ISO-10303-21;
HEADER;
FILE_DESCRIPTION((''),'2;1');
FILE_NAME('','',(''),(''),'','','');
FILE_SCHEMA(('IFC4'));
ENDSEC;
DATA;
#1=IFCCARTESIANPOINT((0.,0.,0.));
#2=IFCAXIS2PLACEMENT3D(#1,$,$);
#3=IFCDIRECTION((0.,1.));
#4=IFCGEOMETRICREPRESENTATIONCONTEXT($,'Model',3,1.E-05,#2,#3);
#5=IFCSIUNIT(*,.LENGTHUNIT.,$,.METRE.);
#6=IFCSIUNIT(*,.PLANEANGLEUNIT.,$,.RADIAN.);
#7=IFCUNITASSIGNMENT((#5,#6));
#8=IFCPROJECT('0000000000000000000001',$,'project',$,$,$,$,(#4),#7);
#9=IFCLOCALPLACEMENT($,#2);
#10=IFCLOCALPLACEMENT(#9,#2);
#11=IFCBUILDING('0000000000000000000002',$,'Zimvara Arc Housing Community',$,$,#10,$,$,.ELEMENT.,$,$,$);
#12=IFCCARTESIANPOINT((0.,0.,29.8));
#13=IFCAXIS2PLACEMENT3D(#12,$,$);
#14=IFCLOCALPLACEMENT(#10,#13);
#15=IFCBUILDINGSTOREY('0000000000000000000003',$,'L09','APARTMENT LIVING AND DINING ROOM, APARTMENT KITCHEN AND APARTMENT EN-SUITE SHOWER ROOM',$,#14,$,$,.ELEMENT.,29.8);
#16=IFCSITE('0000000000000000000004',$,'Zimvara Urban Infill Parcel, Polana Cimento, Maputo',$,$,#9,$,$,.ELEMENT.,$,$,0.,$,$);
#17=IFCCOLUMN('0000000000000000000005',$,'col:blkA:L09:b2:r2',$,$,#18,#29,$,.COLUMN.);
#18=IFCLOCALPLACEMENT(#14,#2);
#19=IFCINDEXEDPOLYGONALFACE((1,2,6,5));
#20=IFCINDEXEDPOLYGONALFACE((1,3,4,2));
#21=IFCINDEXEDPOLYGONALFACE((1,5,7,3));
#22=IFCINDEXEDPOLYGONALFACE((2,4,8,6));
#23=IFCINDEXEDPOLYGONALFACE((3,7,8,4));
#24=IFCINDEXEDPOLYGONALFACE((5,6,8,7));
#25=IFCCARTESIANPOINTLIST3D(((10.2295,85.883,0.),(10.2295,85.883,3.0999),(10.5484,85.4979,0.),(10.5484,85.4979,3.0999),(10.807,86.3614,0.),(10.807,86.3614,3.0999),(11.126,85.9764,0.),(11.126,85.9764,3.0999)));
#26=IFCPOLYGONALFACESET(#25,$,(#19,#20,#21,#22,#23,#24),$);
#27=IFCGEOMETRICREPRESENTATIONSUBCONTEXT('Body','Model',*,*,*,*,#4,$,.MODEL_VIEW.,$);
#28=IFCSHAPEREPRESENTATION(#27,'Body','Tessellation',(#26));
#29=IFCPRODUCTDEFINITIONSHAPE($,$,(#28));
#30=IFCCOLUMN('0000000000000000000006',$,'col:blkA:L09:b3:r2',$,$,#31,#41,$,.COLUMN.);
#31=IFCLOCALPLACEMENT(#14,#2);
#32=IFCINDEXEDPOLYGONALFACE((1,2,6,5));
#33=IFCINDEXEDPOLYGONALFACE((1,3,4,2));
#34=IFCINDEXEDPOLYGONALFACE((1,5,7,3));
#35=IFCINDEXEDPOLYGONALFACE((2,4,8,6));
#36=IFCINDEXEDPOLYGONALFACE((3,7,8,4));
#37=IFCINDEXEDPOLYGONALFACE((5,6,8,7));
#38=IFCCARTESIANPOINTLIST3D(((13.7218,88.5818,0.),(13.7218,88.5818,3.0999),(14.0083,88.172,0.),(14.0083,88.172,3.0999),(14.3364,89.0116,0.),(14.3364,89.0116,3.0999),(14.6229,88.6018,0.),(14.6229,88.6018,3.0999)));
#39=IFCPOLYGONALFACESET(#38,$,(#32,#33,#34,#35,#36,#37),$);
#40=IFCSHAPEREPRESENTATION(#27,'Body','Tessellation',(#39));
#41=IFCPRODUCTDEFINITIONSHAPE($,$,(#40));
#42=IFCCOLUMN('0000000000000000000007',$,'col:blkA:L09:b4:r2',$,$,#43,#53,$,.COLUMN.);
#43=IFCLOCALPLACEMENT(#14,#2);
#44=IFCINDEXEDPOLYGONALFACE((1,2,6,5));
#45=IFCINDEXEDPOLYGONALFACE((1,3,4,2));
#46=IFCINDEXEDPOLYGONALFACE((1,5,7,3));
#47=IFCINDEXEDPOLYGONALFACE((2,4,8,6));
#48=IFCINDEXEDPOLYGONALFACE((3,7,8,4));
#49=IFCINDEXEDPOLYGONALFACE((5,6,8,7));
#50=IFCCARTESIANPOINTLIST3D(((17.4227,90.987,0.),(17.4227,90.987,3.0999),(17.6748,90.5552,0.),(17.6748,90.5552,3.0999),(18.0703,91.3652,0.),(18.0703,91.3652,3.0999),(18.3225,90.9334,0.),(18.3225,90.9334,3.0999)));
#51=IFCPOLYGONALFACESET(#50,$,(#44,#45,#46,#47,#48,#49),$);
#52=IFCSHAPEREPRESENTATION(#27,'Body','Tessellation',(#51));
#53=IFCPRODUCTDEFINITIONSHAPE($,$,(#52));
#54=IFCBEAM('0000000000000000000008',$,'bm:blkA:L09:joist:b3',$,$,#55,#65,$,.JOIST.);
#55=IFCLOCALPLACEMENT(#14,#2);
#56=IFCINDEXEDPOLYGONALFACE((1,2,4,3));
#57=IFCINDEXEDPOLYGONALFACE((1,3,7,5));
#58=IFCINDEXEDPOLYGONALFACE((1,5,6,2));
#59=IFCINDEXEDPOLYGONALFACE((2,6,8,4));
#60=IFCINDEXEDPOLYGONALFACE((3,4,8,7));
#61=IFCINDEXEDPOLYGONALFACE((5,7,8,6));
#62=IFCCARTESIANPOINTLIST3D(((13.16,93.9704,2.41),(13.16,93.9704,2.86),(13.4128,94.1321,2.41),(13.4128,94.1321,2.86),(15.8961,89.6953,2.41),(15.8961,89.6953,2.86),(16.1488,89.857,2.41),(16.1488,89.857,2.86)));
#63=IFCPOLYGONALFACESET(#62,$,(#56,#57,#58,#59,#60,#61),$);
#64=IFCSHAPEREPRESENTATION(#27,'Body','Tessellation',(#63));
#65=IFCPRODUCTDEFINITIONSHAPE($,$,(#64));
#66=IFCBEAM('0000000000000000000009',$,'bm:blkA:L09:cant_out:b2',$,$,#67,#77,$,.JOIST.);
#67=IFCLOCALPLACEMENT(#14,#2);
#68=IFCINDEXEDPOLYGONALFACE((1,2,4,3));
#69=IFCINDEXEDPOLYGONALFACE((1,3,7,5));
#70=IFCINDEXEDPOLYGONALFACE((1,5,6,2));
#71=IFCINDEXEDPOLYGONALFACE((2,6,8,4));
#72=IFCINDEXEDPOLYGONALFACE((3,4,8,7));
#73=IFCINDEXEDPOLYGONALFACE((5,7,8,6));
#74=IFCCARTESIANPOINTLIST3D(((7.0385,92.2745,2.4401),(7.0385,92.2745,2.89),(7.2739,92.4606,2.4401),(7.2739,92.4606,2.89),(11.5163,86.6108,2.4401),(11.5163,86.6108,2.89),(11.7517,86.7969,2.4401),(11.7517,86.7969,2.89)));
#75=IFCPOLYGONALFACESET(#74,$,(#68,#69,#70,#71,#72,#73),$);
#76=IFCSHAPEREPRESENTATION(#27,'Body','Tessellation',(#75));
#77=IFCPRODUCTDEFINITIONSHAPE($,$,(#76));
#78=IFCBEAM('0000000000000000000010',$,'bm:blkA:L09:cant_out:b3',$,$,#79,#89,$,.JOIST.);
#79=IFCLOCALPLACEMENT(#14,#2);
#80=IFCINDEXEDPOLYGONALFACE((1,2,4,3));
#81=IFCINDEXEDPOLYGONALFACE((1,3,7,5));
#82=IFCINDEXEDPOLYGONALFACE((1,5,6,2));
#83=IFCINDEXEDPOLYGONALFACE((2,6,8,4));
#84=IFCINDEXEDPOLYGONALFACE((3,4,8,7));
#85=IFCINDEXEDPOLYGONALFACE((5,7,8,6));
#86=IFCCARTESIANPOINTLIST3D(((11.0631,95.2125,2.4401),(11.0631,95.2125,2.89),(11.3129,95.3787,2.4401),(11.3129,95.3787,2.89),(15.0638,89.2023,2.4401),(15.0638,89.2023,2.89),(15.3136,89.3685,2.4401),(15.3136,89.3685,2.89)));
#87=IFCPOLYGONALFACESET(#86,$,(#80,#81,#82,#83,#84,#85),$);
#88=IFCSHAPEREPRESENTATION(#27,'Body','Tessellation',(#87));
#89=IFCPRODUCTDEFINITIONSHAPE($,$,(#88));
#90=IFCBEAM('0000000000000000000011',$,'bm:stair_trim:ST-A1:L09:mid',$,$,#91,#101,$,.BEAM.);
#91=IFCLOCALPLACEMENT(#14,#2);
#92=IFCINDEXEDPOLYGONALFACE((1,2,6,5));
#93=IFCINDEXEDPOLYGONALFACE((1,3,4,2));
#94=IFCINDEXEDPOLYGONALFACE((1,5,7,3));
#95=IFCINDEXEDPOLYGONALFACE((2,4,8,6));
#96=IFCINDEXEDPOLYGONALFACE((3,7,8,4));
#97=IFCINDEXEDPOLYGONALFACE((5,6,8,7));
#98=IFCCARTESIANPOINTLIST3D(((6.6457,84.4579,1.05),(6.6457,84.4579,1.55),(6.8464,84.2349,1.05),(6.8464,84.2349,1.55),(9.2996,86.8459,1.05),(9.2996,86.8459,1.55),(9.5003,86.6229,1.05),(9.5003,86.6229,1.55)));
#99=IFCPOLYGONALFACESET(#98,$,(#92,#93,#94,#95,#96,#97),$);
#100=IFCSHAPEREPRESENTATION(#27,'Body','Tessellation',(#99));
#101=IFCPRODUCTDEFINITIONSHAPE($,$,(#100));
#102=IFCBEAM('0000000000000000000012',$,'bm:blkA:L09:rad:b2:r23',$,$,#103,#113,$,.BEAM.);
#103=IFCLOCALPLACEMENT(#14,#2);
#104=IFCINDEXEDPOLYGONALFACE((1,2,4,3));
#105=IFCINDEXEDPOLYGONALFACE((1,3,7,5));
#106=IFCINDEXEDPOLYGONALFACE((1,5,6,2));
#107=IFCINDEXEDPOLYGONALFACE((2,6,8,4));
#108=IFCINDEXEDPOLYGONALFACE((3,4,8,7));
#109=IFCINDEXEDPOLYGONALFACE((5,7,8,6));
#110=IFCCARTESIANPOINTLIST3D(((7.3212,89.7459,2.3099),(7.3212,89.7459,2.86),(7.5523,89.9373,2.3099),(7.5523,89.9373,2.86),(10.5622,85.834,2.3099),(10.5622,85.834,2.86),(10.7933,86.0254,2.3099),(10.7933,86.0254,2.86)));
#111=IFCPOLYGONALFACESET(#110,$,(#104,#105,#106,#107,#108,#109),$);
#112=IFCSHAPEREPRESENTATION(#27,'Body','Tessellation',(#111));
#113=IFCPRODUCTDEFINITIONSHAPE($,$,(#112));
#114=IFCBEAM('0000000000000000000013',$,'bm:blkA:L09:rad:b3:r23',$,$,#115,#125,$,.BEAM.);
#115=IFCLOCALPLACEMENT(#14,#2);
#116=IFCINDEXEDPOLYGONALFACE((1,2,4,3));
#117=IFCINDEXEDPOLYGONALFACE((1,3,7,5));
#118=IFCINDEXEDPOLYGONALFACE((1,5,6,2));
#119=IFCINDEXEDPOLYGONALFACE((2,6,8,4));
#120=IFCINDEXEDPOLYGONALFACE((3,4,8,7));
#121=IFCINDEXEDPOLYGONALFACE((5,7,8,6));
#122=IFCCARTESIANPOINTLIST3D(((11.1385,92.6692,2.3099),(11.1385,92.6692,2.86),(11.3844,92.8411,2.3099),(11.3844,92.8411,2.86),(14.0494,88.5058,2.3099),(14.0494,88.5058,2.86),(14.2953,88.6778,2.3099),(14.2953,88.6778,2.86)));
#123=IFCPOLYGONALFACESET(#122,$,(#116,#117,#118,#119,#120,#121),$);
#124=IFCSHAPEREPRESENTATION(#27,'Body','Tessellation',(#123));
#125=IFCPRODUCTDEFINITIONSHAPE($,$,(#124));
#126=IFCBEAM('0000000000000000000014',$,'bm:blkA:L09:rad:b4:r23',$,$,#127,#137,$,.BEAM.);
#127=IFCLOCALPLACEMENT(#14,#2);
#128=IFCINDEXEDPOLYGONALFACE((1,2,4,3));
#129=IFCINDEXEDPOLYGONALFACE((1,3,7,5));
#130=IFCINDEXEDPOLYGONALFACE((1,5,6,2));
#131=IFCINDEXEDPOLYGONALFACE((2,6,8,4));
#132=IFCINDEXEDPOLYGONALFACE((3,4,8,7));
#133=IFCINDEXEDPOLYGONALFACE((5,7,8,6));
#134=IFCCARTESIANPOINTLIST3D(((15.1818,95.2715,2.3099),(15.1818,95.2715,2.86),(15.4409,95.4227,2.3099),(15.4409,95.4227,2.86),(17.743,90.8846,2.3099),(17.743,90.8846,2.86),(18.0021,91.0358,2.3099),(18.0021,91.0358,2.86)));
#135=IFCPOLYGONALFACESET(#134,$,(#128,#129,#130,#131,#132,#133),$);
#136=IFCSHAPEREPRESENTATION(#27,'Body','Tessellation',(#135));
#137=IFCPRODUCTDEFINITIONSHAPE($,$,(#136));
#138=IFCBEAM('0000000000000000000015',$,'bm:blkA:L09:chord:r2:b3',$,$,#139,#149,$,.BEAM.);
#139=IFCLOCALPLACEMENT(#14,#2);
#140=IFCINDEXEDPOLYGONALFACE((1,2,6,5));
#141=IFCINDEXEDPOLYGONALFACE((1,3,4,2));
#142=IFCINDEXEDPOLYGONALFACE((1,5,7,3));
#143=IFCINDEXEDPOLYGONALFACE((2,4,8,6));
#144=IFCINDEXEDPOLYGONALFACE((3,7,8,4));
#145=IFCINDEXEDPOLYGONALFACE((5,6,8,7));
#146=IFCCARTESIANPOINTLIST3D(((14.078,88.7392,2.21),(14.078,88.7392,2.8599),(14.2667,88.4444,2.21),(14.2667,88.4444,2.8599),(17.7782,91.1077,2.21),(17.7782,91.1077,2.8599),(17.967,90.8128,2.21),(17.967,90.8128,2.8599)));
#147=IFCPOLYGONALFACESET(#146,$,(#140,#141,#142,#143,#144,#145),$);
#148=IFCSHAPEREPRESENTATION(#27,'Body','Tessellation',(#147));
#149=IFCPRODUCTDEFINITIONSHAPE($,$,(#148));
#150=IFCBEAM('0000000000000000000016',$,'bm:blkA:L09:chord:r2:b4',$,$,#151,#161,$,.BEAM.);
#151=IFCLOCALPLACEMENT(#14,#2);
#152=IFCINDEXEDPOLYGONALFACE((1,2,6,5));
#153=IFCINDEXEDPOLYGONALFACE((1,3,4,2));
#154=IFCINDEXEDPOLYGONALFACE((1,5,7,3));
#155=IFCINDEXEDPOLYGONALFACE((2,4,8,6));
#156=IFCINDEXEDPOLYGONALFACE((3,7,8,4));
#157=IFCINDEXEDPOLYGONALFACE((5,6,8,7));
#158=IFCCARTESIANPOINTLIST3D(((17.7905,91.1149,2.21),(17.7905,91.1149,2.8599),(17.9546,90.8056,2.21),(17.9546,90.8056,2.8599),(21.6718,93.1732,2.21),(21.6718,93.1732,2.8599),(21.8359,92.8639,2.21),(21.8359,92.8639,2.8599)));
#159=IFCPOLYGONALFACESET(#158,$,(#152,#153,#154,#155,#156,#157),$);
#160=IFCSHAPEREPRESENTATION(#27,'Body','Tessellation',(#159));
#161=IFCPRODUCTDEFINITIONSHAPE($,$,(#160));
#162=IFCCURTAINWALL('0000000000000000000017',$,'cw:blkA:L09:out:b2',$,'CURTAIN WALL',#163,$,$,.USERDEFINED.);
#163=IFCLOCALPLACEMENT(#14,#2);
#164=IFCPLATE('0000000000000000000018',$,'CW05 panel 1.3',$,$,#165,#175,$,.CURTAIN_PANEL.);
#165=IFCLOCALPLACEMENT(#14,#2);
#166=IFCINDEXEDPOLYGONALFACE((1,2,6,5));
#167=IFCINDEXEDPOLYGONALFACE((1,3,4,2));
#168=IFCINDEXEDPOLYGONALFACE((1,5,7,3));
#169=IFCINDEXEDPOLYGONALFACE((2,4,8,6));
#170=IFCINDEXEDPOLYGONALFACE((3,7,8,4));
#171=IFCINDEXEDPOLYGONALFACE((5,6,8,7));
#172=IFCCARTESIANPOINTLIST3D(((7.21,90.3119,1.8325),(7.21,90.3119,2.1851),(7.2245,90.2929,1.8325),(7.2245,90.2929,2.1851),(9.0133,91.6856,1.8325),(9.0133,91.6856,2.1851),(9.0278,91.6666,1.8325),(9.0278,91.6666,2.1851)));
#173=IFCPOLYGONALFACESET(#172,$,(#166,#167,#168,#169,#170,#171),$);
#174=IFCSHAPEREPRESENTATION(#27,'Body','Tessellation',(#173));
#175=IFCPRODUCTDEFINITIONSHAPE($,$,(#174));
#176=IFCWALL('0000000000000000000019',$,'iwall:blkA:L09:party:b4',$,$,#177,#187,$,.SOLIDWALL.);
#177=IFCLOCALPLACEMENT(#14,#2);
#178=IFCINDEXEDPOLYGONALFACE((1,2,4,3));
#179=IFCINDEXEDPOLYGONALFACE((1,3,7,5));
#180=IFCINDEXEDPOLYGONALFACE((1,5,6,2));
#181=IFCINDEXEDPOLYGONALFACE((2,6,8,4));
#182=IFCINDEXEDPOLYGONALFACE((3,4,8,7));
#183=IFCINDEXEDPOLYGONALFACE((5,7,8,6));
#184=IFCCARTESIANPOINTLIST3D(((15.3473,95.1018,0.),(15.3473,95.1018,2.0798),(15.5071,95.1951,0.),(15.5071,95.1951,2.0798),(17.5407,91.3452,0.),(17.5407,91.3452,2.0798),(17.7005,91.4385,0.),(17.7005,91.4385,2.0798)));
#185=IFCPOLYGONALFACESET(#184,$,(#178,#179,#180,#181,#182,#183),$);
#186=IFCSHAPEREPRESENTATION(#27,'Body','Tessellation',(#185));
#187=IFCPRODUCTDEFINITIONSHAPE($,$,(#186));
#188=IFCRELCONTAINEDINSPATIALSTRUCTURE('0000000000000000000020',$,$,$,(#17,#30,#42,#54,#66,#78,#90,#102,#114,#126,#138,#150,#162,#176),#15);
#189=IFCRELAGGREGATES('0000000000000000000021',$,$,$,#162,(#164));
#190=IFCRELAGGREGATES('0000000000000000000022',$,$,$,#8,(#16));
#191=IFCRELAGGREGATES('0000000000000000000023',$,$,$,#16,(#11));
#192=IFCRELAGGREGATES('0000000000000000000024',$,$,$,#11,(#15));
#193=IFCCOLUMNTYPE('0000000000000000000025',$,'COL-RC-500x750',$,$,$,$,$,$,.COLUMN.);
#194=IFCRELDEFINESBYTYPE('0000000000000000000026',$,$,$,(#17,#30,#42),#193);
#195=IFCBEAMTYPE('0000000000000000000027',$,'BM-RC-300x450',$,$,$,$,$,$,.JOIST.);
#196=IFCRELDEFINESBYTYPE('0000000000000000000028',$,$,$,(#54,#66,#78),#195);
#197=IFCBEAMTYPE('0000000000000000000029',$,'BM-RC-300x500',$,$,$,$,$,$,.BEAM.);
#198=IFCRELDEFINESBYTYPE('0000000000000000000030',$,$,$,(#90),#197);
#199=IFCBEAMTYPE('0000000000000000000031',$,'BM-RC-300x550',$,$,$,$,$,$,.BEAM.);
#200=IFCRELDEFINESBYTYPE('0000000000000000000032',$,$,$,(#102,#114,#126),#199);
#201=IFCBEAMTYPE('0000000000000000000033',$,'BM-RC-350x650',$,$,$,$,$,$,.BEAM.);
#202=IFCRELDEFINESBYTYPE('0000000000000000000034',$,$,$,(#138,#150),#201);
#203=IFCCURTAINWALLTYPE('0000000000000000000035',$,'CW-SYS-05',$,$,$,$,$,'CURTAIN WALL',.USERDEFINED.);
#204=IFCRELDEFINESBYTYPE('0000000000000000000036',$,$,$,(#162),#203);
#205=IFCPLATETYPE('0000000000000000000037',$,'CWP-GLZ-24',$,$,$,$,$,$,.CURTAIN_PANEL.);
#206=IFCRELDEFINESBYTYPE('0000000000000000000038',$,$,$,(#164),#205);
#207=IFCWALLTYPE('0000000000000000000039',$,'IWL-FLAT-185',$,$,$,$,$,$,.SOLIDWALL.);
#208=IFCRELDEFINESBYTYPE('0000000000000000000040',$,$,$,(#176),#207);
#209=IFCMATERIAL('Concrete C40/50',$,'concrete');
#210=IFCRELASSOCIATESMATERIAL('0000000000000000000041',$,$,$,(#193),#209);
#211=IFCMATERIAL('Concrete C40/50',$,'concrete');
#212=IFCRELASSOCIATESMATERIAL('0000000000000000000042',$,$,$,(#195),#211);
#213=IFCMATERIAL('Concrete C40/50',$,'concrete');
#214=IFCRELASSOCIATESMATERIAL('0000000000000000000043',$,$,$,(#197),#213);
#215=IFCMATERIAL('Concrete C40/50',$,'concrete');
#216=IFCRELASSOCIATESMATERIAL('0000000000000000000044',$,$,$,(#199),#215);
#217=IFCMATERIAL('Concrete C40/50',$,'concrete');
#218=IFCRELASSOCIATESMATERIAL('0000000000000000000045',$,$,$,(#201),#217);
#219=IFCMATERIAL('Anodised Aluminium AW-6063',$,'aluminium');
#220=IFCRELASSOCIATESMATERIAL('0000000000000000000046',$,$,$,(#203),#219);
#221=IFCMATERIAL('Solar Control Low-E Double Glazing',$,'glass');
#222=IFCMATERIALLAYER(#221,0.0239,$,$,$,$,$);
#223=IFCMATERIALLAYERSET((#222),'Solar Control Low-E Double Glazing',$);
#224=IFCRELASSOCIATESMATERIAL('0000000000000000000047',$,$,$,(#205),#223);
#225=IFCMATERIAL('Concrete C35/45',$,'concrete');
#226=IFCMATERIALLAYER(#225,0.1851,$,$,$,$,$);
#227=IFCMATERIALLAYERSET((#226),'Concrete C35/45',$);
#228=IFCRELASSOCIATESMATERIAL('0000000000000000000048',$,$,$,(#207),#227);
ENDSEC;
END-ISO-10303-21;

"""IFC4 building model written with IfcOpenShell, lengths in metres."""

from ifc_helpers import new_model, si_unit, direction, frame, frame_2d, origin, origin_2d, place, context, subcontext, project, spatial, rectangle, extrude, material, layer, layer_set, material_profile, profile_set, type_object, element, aggregate, save


model = new_model("IFC4")

# Units and contexts
model_context = context("Model", 3, precision=1e-05, world=origin(), true_north=direction((0.0, 1.0)))
body_context = subcontext(model_context, "Body", "Model", "MODEL_VIEW")
ifc_project = project(units=[si_unit("LENGTHUNIT", "METRE"), si_unit("PLANEANGLEUNIT", "RADIAN")], contexts=[model_context])

# Site, building, storey
site_placement = place(None, origin())
site = spatial("IfcSite", under=ifc_project, at=site_placement, Name="Zimvara Urban Infill Parcel, Polana Cimento, Maputo", CompositionType="ELEMENT", RefElevation=0.0)
building_placement = place(site_placement, origin())
building = spatial("IfcBuilding", under=site, at=building_placement, Name="Zimvara Arc Housing Community", CompositionType="ELEMENT")
storey_placement = place(building_placement, frame((0.0, 0.0, 29.8)))
storey = spatial("IfcBuildingStorey", under=building, at=storey_placement, Name="L09", Description="APARTMENT LIVING AND DINING ROOM, APARTMENT KITCHEN AND APARTMENT EN-SUITE SHOWER ROOM", CompositionType="ELEMENT", Elevation=29.8)

# Columns
ifc_material_1 = material(Name="Concrete C40/50", Category="concrete")
ifc_material_profile_1 = material_profile(ifc_material_1, rectangle(XDim=0.5, YDim=0.75, at=origin_2d()), Name="RC 500x750")
ifc_profile_set_1 = profile_set([ifc_material_profile_1], Name="Concrete C40/50")
column_type = type_object("IfcColumnType", Name="COL-RC-500x750", PredefinedType="COLUMN", material=ifc_profile_set_1)
for number, where, z_axis, x_axis, name in (
    (1, (10.6777, 85.9297, 0.0), (0.0, 0.0, 1.0), (-0.637962, 0.770068, 0.0), "col:blkA:L09:b2:r2"),
    (2, (14.1724, 88.5918, 0.0), (0.0, 0.0, 1.0), (-0.573004, 0.819552, 0.0), "col:blkA:L09:b3:r2"),
    (3, (17.8726, 90.9602, 0.0), (0.0, 0.0, 1.0), (-0.504226, 0.863572, 0.0), "col:blkA:L09:b4:r2"),
):
    element("IfcColumn", number, at=place(storey_placement, frame(where, z_axis=z_axis, x_axis=x_axis)), inside=storey, type_object=column_type, Name=name, PredefinedType="COLUMN", context=body_context, shape_type="SweptSolid", body=[
        extrude(rectangle(XDim=0.5, YDim=0.75, at=origin_2d()), origin(), (0.0, 0.0, 1.0), 3.0999),
    ])

# Beams
ifc_material_2 = material(Name="Concrete C40/50", Category="concrete")
ifc_material_profile_2 = material_profile(ifc_material_2, rectangle(XDim=0.3, YDim=0.45, at=origin_2d()), Name="RC 300x450")
ifc_profile_set_2 = profile_set([ifc_material_profile_2], Name="Concrete C40/50")
beam_type_1 = type_object("IfcBeamType", Name="BM-RC-300x450", PredefinedType="JOIST", material=ifc_profile_set_2)
beam_1_placement = place(storey_placement, frame((16.0225, 89.7761, 2.635), z_axis=(-0.539052, 0.842272, 0.0), x_axis=(-0.842272, -0.539052, 0.0)))
element("IfcBeam", 4, at=beam_1_placement, inside=storey, type_object=beam_type_1, Name="bm:blkA:L09:joist:b3", PredefinedType="JOIST", context=body_context, shape_type="SweptSolid", body=[
    extrude(rectangle(XDim=0.3, YDim=0.45, at=origin_2d()), origin(), (0.0, 0.0, 1.0), 5.0757),
])
for number, where, z_axis, x_axis, name in (
    (5, (11.634, 86.7039, 2.665), (-0.620202, 0.784442, 0.0), (-0.784442, -0.620202, 0.0), "bm:blkA:L09:cant_out:b2"),
    (6, (15.1887, 89.2854, 2.665), (-0.554115, 0.83244, 0.0), (-0.83244, -0.554115, 0.0), "bm:blkA:L09:cant_out:b3"),
):
    element("IfcBeam", number, at=place(storey_placement, frame(where, z_axis=z_axis, x_axis=x_axis)), inside=storey, type_object=beam_type_1, Name=name, PredefinedType="JOIST", context=body_context, shape_type="SweptSolid", body=[
        extrude(rectangle(XDim=0.3, YDim=0.45, at=origin_2d()), origin(), (0.0, 0.0, 1.0), 7.22),
    ])
ifc_material_3 = material(Name="Concrete C40/50", Category="concrete")
ifc_material_profile_3 = material_profile(ifc_material_3, rectangle(XDim=0.3, YDim=0.5, at=origin_2d()), Name="RC 300x500")
ifc_profile_set_3 = profile_set([ifc_material_profile_3], Name="Concrete C40/50")
beam_type_2 = type_object("IfcBeamType", Name="BM-RC-300x500", PredefinedType="BEAM", material=ifc_profile_set_3)
beam_2_placement = place(storey_placement, frame((9.3999, 86.7344, 1.3), z_axis=(-0.743362, -0.668889, 0.0), x_axis=(0.668889, -0.743362, 0.0)))
element("IfcBeam", 7, at=beam_2_placement, inside=storey, type_object=beam_type_2, Name="bm:stair_trim:ST-A1:L09:mid", PredefinedType="BEAM", context=body_context, shape_type="SweptSolid", body=[
    extrude(rectangle(XDim=0.3, YDim=0.5, at=origin_2d()), origin(), (0.0, 0.0, 1.0), 3.5701),
])
ifc_material_4 = material(Name="Concrete C40/50", Category="concrete")
ifc_material_profile_4 = material_profile(ifc_material_4, rectangle(XDim=0.3, YDim=0.55, at=origin_2d()), Name="RC 300x550")
ifc_profile_set_4 = profile_set([ifc_material_profile_4], Name="Concrete C40/50")
beam_type_3 = type_object("IfcBeamType", Name="BM-RC-300x550", PredefinedType="BEAM", material=ifc_profile_set_4)
for number, where, z_axis, x_axis, name in (
    (8, (10.6777, 85.9297, 2.585), (-0.637984, 0.77005, 0.0), (-0.77005, -0.637984, 0.0), "bm:blkA:L09:rad:b2:r23"),
    (9, (14.1724, 88.5918, 2.585), (-0.573007, 0.81955, 0.0), (-0.81955, -0.573007, 0.0), "bm:blkA:L09:rad:b3:r23"),
):
    element("IfcBeam", number, at=place(storey_placement, frame(where, z_axis=z_axis, x_axis=x_axis)), inside=storey, type_object=beam_type_3, Name=name, PredefinedType="BEAM", context=body_context, shape_type="SweptSolid", body=[
        extrude(rectangle(XDim=0.3, YDim=0.55, at=origin_2d()), origin(), (0.0, 0.0, 1.0), 5.0801),
    ])
beam_3_placement = place(storey_placement, frame((17.8726, 90.9602, 2.585), z_axis=(-0.504197, 0.863589, 0.0), x_axis=(-0.863589, -0.504197, 0.0)))
element("IfcBeam", 10, at=beam_3_placement, inside=storey, type_object=beam_type_3, Name="bm:blkA:L09:rad:b4:r23", PredefinedType="BEAM", context=body_context, shape_type="SweptSolid", body=[
    extrude(rectangle(XDim=0.3, YDim=0.55, at=origin_2d()), origin(), (0.0, 0.0, 1.0), 5.0798),
])
ifc_material_5 = material(Name="Concrete C40/50", Category="concrete")
ifc_material_profile_5 = material_profile(ifc_material_5, rectangle(XDim=0.3501, YDim=0.6499, at=origin_2d()), Name="RC 350x650")
ifc_profile_set_5 = profile_set([ifc_material_profile_5], Name="Concrete C40/50")
beam_type_4 = type_object("IfcBeamType", Name="BM-RC-350x650", PredefinedType="BEAM", material=ifc_profile_set_5)
for number, where, z_axis, x_axis, name in (
    (11, (14.1724, 88.5918, 2.5349), (0.842242, 0.539099, 0.0), (-0.539099, 0.842242, 0.0), "bm:blkA:L09:chord:r2:b3"),
    (12, (17.8726, 90.9602, 2.5349), (0.883457, 0.468513, 0.0), (-0.468513, 0.883457, 0.0), "bm:blkA:L09:chord:r2:b4"),
):
    element("IfcBeam", number, at=place(storey_placement, frame(where, z_axis=z_axis, x_axis=x_axis)), inside=storey, type_object=beam_type_4, Name=name, PredefinedType="BEAM", context=body_context, shape_type="SweptSolid", body=[
        extrude(rectangle(XDim=0.3501, YDim=0.6499, at=origin_2d()), origin(), (0.0, 0.0, 1.0), 4.3933),
    ])

# Curtain wall, plate
ifc_material_6 = material(Name="Anodised Aluminium AW-6063", Category="aluminium")
curtain_wall_type = type_object("IfcCurtainWallType", Name="CW-SYS-05", ElementType="CURTAIN WALL", PredefinedType="USERDEFINED", material=ifc_material_6)
curtain_wall_placement = place(storey_placement, origin())
curtain_wall = element("IfcCurtainWall", 13, at=curtain_wall_placement, inside=storey, type_object=curtain_wall_type, Name="cw:blkA:L09:out:b2", ObjectType="CURTAIN WALL", PredefinedType="USERDEFINED")
ifc_material_7 = material(Name="Solar Control Low-E Double Glazing", Category="glass")
ifc_layer_1 = layer(ifc_material_7, 0.0239)
ifc_layer_set_1 = layer_set([ifc_layer_1], Name="Solar Control Low-E Double Glazing")
plate_type = type_object("IfcPlateType", Name="CWP-GLZ-24", PredefinedType="CURTAIN_PANEL", material=ifc_layer_set_1)
plate_placement = place(storey_placement, frame((8.1189, 90.9893, 1.8325), z_axis=(0.0, 0.0, 1.0), x_axis=(0.795474, 0.605988, 0.0)))
plate = element("IfcPlate", 14, at=plate_placement, type_object=plate_type, Name="CW05 panel 1.3", PredefinedType="CURTAIN_PANEL", context=body_context, shape_type="SweptSolid", body=[
    extrude(rectangle(XDim=2.2668, YDim=0.0239, at=origin_2d()), origin(), (0.0, 0.0, 1.0), 0.3525),
])
aggregate(curtain_wall, [plate])

# Wall
ifc_material_8 = material(Name="Concrete C35/45", Category="concrete")
ifc_layer_2 = layer(ifc_material_8, 0.1851)
ifc_layer_set_2 = layer_set([ifc_layer_2], Name="Concrete C35/45")
wall_type_1 = type_object("IfcWallType", Name="IWL-FLAT-185", PredefinedType="SOLIDWALL", material=ifc_layer_set_2)
wall_1_placement = place(storey_placement, frame((17.6206, 91.3918, 0.0), z_axis=(0.0, 0.0, 1.0), x_axis=(-0.504216, 0.863577, 0.0)))
element("IfcWall", 15, at=wall_1_placement, inside=storey, type_object=wall_type_1, Name="iwall:blkA:L09:party:b4", PredefinedType="SOLIDWALL", context=body_context, shape_type="SweptSolid", body=[
    extrude(rectangle(XDim=4.3501, YDim=0.1851, at=frame_2d((2.175, 0.0))), origin(), (0.0, 0.0, 1.0), 2.0798),
])

save(model, "model.ifc")
